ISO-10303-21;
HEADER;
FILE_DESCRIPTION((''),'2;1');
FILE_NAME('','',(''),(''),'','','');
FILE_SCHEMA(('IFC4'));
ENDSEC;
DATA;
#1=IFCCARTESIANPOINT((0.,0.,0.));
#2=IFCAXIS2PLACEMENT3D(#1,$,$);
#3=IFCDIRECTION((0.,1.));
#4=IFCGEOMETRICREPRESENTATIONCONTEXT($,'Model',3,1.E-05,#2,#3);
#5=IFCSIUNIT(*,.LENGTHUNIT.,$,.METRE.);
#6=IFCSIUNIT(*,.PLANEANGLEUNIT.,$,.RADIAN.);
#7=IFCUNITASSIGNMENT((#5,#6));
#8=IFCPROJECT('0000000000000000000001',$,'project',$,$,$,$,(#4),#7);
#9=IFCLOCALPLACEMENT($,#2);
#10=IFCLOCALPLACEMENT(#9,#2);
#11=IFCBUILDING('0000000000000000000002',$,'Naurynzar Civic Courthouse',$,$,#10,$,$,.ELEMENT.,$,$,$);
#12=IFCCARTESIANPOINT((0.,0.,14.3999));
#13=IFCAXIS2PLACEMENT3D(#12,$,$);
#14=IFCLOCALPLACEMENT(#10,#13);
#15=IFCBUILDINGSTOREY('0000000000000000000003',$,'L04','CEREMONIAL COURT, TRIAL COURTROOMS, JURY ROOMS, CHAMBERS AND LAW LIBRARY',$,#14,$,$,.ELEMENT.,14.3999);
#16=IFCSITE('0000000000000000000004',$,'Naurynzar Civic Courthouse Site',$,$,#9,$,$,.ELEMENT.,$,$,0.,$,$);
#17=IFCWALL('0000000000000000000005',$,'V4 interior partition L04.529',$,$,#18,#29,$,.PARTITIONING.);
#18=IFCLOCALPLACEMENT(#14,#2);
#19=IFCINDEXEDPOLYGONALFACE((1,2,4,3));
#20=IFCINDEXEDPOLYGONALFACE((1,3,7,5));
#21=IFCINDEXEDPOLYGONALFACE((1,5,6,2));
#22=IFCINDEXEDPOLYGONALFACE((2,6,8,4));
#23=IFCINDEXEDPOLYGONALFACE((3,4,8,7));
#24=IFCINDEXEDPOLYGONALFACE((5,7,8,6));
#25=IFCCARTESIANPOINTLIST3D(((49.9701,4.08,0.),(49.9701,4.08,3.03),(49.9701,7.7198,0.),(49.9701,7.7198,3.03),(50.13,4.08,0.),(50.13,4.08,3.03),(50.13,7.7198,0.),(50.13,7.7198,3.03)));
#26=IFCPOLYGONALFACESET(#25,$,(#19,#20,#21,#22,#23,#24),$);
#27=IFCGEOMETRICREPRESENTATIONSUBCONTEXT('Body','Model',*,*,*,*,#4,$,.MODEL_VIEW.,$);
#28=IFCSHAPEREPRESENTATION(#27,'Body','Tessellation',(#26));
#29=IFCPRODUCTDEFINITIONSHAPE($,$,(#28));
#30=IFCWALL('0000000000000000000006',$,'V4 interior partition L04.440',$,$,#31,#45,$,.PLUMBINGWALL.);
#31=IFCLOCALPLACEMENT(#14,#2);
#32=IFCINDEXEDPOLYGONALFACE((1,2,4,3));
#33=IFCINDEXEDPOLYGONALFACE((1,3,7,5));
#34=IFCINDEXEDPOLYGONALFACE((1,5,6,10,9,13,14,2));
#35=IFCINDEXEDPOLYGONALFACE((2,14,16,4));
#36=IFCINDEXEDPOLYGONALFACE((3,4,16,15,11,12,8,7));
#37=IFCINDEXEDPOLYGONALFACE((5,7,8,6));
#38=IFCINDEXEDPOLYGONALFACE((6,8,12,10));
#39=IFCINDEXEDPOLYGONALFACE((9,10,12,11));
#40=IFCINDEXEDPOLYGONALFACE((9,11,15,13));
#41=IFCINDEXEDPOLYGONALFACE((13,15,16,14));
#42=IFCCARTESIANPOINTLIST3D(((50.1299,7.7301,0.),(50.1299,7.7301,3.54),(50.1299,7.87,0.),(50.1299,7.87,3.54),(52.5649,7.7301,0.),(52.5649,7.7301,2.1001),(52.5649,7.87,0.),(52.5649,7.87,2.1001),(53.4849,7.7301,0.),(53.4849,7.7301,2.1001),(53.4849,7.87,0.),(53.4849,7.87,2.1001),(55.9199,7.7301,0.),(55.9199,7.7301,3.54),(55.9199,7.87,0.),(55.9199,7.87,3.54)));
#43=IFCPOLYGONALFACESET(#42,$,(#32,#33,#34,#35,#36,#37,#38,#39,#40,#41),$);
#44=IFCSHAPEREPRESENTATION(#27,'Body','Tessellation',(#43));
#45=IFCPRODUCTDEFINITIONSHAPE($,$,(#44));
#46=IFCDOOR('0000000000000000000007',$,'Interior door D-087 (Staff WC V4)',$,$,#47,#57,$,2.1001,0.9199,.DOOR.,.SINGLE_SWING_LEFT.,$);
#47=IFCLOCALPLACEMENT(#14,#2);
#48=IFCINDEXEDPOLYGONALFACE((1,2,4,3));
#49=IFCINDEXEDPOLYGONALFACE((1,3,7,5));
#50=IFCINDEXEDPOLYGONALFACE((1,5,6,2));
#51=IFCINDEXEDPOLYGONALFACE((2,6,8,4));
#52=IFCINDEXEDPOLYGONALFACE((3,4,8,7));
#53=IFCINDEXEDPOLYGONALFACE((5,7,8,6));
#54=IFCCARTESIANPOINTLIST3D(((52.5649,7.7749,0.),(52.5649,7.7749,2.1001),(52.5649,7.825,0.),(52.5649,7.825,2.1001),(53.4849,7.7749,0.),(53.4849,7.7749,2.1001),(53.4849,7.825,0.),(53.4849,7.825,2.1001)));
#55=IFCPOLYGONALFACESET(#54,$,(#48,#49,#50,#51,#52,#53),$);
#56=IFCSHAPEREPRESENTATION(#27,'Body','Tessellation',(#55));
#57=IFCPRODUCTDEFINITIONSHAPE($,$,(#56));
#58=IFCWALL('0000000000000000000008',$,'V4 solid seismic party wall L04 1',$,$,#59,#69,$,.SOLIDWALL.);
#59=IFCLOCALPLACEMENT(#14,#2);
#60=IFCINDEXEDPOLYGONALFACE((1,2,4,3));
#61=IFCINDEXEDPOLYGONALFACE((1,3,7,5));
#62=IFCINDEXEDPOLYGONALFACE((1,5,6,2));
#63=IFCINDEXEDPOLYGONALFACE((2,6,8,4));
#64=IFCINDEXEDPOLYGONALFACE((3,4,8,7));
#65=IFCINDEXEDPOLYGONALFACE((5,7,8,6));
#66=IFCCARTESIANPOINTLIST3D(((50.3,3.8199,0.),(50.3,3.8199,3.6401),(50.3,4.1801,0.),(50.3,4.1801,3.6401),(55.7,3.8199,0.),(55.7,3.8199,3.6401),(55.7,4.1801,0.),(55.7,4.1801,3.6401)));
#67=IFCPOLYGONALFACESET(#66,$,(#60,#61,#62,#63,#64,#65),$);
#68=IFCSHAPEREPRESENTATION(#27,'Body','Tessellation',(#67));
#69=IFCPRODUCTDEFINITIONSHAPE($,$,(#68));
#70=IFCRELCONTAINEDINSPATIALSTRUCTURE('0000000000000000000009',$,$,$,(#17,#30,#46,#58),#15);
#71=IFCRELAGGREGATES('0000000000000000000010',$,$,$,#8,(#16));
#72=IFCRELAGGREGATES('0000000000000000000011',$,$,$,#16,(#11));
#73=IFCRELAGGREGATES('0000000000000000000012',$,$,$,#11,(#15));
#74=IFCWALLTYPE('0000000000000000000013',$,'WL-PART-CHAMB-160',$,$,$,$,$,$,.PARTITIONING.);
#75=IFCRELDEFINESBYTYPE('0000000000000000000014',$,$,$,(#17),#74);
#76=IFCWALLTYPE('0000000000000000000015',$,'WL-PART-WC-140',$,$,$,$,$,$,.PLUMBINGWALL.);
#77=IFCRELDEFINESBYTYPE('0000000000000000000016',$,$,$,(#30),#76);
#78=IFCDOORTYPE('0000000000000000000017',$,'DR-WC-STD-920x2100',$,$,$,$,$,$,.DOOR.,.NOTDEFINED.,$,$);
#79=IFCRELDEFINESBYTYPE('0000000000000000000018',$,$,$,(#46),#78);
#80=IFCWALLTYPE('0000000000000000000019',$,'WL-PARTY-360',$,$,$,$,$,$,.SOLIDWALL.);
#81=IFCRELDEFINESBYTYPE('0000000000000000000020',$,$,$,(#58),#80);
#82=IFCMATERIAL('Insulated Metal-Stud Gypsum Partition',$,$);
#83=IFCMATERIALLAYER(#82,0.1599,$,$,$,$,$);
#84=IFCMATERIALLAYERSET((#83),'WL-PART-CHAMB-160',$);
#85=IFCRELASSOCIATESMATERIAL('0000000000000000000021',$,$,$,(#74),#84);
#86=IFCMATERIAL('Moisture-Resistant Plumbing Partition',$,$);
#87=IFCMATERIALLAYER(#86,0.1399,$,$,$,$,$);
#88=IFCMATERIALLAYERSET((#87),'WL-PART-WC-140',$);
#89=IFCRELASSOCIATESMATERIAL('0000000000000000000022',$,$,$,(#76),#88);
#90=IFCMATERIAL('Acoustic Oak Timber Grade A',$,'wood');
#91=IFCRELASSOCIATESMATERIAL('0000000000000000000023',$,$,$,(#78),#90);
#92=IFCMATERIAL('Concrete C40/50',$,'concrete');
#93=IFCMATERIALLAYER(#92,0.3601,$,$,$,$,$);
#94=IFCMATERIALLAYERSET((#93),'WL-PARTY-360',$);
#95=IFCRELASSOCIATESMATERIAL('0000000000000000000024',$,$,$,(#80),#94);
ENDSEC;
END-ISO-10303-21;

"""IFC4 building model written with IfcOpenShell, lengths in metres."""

from ifc_helpers import new_model, si_unit, direction, frame, frame_2d, origin, place, context, subcontext, project, spatial, rectangle, extrude, material, layer, layer_set, type_object, element, fill, save


model = new_model("IFC4")

# Units and contexts
model_context = context("Model", 3, precision=1e-05, world=origin(), true_north=direction((0.0, 1.0)))
body_context = subcontext(model_context, "Body", "Model", "MODEL_VIEW")
ifc_project = project(units=[si_unit("LENGTHUNIT", "METRE"), si_unit("PLANEANGLEUNIT", "RADIAN")], contexts=[model_context])

# Site, building, storey
site_placement = place(None, origin())
site = spatial("IfcSite", under=ifc_project, at=site_placement, Name="Naurynzar Civic Courthouse Site", CompositionType="ELEMENT", RefElevation=0.0)
building_placement = place(site_placement, origin())
building = spatial("IfcBuilding", under=site, at=building_placement, Name="Naurynzar Civic Courthouse", CompositionType="ELEMENT")
storey_placement = place(building_placement, frame((0.0, 0.0, 14.3999)))
storey = spatial("IfcBuildingStorey", under=building, at=storey_placement, Name="L04", Description="CEREMONIAL COURT, TRIAL COURTROOMS, JURY ROOMS, CHAMBERS AND LAW LIBRARY", CompositionType="ELEMENT", Elevation=14.3999)

# Wall
ifc_material_1 = material(Name="Insulated Metal-Stud Gypsum Partition")
ifc_layer_1 = layer(ifc_material_1, 0.1599)
ifc_layer_set_1 = layer_set([ifc_layer_1], Name="WL-PART-CHAMB-160")
wall_type_1 = type_object("IfcWallType", Name="WL-PART-CHAMB-160", PredefinedType="PARTITIONING", material=ifc_layer_set_1)
wall_1_placement = place(storey_placement, frame((50.05, 4.0801, 0.0), z_axis=(0.0, 0.0, 1.0), x_axis=(0.0, 1.0, 0.0)))
element("IfcWall", 1, at=wall_1_placement, inside=storey, type_object=wall_type_1, Name="V4 interior partition L04.529", PredefinedType="PARTITIONING", context=body_context, shape_type="SweptSolid", body=[
    extrude(rectangle(XDim=3.6399, YDim=0.1599, at=frame_2d((1.8198, 0.0))), origin(), (0.0, 0.0, 1.0), 3.03),
])

# Wall, opening, door
ifc_material_2 = material(Name="Moisture-Resistant Plumbing Partition")
ifc_layer_2 = layer(ifc_material_2, 0.1399)
ifc_layer_set_2 = layer_set([ifc_layer_2], Name="WL-PART-WC-140")
wall_type_2 = type_object("IfcWallType", Name="WL-PART-WC-140", PredefinedType="PLUMBINGWALL", material=ifc_layer_set_2)
wall_2_placement = place(storey_placement, frame((50.1299, 7.8, 0.0), z_axis=(0.0, 0.0, 1.0), x_axis=(1.0, 0.0, 0.0)))
wall_2 = element("IfcWall", 2, at=wall_2_placement, inside=storey, type_object=wall_type_2, Name="V4 interior partition L04.440", PredefinedType="PLUMBINGWALL", context=body_context, shape_type="SweptSolid", body=[
    extrude(rectangle(XDim=5.79, YDim=0.1399, at=frame_2d((2.895, 0.0))), origin(), (0.0, 0.0, 1.0), 3.54),
])
opening_1_placement = place(wall_2_placement, frame((2.4351, 0.0, 0.0)))
opening_1 = element("IfcOpeningElement", 3, at=opening_1_placement, cuts=wall_2, PredefinedType="OPENING", context=body_context, shape_type="SweptSolid", body=[
    extrude(rectangle(XDim=0.9199, YDim=2.1001, at=frame_2d((0.46, 1.05))), frame((0.0, 0.0798, 0.0), z_axis=(0.0, -1.0, 0.0), x_axis=(1.0, 0.0, 0.0)), (0.0, 0.0, 1.0), 0.1599),
])
ifc_material_3 = material(Name="Acoustic Oak Timber Grade A", Category="wood")
door_type = type_object("IfcDoorType", Name="DR-WC-STD-920x2100", OperationType="NOTDEFINED", PredefinedType="DOOR", material=ifc_material_3)
door_placement = place(opening_1_placement, origin())
door = element("IfcDoor", 4, at=door_placement, inside=storey, type_object=door_type, Name="Interior door D-087 (Staff WC V4)", OperationType="SINGLE_SWING_LEFT", OverallHeight=2.1001, OverallWidth=0.9199, PredefinedType="DOOR", context=body_context, shape_type="SweptSolid", body=[
    extrude(rectangle(XDim=0.9199, YDim=2.1001, at=frame_2d((0.46, 1.05))), frame((0.0, 0.0249, 0.0), z_axis=(0.0, -1.0, 0.0), x_axis=(1.0, 0.0, 0.0)), (0.0, 0.0, 1.0), 0.05),
])
fill(opening_1, door)

# Wall
ifc_material_4 = material(Name="Concrete C40/50", Category="concrete")
ifc_layer_3 = layer(ifc_material_4, 0.3601)
ifc_layer_set_3 = layer_set([ifc_layer_3], Name="WL-PARTY-360")
wall_type_3 = type_object("IfcWallType", Name="WL-PARTY-360", PredefinedType="SOLIDWALL", material=ifc_layer_set_3)
wall_3_placement = place(storey_placement, frame((55.7, 4.0, 0.0), z_axis=(0.0, 0.0, 1.0), x_axis=(-1.0, 0.0, 0.0)))
element("IfcWall", 5, at=wall_3_placement, inside=storey, type_object=wall_type_3, Name="V4 solid seismic party wall L04 1", PredefinedType="SOLIDWALL", context=body_context, shape_type="SweptSolid", body=[
    extrude(rectangle(XDim=5.3999, YDim=0.3601, at=frame_2d((2.7, 0.0))), origin(), (0.0, 0.0, 1.0), 3.6401),
])

save(model, "model.ifc")
